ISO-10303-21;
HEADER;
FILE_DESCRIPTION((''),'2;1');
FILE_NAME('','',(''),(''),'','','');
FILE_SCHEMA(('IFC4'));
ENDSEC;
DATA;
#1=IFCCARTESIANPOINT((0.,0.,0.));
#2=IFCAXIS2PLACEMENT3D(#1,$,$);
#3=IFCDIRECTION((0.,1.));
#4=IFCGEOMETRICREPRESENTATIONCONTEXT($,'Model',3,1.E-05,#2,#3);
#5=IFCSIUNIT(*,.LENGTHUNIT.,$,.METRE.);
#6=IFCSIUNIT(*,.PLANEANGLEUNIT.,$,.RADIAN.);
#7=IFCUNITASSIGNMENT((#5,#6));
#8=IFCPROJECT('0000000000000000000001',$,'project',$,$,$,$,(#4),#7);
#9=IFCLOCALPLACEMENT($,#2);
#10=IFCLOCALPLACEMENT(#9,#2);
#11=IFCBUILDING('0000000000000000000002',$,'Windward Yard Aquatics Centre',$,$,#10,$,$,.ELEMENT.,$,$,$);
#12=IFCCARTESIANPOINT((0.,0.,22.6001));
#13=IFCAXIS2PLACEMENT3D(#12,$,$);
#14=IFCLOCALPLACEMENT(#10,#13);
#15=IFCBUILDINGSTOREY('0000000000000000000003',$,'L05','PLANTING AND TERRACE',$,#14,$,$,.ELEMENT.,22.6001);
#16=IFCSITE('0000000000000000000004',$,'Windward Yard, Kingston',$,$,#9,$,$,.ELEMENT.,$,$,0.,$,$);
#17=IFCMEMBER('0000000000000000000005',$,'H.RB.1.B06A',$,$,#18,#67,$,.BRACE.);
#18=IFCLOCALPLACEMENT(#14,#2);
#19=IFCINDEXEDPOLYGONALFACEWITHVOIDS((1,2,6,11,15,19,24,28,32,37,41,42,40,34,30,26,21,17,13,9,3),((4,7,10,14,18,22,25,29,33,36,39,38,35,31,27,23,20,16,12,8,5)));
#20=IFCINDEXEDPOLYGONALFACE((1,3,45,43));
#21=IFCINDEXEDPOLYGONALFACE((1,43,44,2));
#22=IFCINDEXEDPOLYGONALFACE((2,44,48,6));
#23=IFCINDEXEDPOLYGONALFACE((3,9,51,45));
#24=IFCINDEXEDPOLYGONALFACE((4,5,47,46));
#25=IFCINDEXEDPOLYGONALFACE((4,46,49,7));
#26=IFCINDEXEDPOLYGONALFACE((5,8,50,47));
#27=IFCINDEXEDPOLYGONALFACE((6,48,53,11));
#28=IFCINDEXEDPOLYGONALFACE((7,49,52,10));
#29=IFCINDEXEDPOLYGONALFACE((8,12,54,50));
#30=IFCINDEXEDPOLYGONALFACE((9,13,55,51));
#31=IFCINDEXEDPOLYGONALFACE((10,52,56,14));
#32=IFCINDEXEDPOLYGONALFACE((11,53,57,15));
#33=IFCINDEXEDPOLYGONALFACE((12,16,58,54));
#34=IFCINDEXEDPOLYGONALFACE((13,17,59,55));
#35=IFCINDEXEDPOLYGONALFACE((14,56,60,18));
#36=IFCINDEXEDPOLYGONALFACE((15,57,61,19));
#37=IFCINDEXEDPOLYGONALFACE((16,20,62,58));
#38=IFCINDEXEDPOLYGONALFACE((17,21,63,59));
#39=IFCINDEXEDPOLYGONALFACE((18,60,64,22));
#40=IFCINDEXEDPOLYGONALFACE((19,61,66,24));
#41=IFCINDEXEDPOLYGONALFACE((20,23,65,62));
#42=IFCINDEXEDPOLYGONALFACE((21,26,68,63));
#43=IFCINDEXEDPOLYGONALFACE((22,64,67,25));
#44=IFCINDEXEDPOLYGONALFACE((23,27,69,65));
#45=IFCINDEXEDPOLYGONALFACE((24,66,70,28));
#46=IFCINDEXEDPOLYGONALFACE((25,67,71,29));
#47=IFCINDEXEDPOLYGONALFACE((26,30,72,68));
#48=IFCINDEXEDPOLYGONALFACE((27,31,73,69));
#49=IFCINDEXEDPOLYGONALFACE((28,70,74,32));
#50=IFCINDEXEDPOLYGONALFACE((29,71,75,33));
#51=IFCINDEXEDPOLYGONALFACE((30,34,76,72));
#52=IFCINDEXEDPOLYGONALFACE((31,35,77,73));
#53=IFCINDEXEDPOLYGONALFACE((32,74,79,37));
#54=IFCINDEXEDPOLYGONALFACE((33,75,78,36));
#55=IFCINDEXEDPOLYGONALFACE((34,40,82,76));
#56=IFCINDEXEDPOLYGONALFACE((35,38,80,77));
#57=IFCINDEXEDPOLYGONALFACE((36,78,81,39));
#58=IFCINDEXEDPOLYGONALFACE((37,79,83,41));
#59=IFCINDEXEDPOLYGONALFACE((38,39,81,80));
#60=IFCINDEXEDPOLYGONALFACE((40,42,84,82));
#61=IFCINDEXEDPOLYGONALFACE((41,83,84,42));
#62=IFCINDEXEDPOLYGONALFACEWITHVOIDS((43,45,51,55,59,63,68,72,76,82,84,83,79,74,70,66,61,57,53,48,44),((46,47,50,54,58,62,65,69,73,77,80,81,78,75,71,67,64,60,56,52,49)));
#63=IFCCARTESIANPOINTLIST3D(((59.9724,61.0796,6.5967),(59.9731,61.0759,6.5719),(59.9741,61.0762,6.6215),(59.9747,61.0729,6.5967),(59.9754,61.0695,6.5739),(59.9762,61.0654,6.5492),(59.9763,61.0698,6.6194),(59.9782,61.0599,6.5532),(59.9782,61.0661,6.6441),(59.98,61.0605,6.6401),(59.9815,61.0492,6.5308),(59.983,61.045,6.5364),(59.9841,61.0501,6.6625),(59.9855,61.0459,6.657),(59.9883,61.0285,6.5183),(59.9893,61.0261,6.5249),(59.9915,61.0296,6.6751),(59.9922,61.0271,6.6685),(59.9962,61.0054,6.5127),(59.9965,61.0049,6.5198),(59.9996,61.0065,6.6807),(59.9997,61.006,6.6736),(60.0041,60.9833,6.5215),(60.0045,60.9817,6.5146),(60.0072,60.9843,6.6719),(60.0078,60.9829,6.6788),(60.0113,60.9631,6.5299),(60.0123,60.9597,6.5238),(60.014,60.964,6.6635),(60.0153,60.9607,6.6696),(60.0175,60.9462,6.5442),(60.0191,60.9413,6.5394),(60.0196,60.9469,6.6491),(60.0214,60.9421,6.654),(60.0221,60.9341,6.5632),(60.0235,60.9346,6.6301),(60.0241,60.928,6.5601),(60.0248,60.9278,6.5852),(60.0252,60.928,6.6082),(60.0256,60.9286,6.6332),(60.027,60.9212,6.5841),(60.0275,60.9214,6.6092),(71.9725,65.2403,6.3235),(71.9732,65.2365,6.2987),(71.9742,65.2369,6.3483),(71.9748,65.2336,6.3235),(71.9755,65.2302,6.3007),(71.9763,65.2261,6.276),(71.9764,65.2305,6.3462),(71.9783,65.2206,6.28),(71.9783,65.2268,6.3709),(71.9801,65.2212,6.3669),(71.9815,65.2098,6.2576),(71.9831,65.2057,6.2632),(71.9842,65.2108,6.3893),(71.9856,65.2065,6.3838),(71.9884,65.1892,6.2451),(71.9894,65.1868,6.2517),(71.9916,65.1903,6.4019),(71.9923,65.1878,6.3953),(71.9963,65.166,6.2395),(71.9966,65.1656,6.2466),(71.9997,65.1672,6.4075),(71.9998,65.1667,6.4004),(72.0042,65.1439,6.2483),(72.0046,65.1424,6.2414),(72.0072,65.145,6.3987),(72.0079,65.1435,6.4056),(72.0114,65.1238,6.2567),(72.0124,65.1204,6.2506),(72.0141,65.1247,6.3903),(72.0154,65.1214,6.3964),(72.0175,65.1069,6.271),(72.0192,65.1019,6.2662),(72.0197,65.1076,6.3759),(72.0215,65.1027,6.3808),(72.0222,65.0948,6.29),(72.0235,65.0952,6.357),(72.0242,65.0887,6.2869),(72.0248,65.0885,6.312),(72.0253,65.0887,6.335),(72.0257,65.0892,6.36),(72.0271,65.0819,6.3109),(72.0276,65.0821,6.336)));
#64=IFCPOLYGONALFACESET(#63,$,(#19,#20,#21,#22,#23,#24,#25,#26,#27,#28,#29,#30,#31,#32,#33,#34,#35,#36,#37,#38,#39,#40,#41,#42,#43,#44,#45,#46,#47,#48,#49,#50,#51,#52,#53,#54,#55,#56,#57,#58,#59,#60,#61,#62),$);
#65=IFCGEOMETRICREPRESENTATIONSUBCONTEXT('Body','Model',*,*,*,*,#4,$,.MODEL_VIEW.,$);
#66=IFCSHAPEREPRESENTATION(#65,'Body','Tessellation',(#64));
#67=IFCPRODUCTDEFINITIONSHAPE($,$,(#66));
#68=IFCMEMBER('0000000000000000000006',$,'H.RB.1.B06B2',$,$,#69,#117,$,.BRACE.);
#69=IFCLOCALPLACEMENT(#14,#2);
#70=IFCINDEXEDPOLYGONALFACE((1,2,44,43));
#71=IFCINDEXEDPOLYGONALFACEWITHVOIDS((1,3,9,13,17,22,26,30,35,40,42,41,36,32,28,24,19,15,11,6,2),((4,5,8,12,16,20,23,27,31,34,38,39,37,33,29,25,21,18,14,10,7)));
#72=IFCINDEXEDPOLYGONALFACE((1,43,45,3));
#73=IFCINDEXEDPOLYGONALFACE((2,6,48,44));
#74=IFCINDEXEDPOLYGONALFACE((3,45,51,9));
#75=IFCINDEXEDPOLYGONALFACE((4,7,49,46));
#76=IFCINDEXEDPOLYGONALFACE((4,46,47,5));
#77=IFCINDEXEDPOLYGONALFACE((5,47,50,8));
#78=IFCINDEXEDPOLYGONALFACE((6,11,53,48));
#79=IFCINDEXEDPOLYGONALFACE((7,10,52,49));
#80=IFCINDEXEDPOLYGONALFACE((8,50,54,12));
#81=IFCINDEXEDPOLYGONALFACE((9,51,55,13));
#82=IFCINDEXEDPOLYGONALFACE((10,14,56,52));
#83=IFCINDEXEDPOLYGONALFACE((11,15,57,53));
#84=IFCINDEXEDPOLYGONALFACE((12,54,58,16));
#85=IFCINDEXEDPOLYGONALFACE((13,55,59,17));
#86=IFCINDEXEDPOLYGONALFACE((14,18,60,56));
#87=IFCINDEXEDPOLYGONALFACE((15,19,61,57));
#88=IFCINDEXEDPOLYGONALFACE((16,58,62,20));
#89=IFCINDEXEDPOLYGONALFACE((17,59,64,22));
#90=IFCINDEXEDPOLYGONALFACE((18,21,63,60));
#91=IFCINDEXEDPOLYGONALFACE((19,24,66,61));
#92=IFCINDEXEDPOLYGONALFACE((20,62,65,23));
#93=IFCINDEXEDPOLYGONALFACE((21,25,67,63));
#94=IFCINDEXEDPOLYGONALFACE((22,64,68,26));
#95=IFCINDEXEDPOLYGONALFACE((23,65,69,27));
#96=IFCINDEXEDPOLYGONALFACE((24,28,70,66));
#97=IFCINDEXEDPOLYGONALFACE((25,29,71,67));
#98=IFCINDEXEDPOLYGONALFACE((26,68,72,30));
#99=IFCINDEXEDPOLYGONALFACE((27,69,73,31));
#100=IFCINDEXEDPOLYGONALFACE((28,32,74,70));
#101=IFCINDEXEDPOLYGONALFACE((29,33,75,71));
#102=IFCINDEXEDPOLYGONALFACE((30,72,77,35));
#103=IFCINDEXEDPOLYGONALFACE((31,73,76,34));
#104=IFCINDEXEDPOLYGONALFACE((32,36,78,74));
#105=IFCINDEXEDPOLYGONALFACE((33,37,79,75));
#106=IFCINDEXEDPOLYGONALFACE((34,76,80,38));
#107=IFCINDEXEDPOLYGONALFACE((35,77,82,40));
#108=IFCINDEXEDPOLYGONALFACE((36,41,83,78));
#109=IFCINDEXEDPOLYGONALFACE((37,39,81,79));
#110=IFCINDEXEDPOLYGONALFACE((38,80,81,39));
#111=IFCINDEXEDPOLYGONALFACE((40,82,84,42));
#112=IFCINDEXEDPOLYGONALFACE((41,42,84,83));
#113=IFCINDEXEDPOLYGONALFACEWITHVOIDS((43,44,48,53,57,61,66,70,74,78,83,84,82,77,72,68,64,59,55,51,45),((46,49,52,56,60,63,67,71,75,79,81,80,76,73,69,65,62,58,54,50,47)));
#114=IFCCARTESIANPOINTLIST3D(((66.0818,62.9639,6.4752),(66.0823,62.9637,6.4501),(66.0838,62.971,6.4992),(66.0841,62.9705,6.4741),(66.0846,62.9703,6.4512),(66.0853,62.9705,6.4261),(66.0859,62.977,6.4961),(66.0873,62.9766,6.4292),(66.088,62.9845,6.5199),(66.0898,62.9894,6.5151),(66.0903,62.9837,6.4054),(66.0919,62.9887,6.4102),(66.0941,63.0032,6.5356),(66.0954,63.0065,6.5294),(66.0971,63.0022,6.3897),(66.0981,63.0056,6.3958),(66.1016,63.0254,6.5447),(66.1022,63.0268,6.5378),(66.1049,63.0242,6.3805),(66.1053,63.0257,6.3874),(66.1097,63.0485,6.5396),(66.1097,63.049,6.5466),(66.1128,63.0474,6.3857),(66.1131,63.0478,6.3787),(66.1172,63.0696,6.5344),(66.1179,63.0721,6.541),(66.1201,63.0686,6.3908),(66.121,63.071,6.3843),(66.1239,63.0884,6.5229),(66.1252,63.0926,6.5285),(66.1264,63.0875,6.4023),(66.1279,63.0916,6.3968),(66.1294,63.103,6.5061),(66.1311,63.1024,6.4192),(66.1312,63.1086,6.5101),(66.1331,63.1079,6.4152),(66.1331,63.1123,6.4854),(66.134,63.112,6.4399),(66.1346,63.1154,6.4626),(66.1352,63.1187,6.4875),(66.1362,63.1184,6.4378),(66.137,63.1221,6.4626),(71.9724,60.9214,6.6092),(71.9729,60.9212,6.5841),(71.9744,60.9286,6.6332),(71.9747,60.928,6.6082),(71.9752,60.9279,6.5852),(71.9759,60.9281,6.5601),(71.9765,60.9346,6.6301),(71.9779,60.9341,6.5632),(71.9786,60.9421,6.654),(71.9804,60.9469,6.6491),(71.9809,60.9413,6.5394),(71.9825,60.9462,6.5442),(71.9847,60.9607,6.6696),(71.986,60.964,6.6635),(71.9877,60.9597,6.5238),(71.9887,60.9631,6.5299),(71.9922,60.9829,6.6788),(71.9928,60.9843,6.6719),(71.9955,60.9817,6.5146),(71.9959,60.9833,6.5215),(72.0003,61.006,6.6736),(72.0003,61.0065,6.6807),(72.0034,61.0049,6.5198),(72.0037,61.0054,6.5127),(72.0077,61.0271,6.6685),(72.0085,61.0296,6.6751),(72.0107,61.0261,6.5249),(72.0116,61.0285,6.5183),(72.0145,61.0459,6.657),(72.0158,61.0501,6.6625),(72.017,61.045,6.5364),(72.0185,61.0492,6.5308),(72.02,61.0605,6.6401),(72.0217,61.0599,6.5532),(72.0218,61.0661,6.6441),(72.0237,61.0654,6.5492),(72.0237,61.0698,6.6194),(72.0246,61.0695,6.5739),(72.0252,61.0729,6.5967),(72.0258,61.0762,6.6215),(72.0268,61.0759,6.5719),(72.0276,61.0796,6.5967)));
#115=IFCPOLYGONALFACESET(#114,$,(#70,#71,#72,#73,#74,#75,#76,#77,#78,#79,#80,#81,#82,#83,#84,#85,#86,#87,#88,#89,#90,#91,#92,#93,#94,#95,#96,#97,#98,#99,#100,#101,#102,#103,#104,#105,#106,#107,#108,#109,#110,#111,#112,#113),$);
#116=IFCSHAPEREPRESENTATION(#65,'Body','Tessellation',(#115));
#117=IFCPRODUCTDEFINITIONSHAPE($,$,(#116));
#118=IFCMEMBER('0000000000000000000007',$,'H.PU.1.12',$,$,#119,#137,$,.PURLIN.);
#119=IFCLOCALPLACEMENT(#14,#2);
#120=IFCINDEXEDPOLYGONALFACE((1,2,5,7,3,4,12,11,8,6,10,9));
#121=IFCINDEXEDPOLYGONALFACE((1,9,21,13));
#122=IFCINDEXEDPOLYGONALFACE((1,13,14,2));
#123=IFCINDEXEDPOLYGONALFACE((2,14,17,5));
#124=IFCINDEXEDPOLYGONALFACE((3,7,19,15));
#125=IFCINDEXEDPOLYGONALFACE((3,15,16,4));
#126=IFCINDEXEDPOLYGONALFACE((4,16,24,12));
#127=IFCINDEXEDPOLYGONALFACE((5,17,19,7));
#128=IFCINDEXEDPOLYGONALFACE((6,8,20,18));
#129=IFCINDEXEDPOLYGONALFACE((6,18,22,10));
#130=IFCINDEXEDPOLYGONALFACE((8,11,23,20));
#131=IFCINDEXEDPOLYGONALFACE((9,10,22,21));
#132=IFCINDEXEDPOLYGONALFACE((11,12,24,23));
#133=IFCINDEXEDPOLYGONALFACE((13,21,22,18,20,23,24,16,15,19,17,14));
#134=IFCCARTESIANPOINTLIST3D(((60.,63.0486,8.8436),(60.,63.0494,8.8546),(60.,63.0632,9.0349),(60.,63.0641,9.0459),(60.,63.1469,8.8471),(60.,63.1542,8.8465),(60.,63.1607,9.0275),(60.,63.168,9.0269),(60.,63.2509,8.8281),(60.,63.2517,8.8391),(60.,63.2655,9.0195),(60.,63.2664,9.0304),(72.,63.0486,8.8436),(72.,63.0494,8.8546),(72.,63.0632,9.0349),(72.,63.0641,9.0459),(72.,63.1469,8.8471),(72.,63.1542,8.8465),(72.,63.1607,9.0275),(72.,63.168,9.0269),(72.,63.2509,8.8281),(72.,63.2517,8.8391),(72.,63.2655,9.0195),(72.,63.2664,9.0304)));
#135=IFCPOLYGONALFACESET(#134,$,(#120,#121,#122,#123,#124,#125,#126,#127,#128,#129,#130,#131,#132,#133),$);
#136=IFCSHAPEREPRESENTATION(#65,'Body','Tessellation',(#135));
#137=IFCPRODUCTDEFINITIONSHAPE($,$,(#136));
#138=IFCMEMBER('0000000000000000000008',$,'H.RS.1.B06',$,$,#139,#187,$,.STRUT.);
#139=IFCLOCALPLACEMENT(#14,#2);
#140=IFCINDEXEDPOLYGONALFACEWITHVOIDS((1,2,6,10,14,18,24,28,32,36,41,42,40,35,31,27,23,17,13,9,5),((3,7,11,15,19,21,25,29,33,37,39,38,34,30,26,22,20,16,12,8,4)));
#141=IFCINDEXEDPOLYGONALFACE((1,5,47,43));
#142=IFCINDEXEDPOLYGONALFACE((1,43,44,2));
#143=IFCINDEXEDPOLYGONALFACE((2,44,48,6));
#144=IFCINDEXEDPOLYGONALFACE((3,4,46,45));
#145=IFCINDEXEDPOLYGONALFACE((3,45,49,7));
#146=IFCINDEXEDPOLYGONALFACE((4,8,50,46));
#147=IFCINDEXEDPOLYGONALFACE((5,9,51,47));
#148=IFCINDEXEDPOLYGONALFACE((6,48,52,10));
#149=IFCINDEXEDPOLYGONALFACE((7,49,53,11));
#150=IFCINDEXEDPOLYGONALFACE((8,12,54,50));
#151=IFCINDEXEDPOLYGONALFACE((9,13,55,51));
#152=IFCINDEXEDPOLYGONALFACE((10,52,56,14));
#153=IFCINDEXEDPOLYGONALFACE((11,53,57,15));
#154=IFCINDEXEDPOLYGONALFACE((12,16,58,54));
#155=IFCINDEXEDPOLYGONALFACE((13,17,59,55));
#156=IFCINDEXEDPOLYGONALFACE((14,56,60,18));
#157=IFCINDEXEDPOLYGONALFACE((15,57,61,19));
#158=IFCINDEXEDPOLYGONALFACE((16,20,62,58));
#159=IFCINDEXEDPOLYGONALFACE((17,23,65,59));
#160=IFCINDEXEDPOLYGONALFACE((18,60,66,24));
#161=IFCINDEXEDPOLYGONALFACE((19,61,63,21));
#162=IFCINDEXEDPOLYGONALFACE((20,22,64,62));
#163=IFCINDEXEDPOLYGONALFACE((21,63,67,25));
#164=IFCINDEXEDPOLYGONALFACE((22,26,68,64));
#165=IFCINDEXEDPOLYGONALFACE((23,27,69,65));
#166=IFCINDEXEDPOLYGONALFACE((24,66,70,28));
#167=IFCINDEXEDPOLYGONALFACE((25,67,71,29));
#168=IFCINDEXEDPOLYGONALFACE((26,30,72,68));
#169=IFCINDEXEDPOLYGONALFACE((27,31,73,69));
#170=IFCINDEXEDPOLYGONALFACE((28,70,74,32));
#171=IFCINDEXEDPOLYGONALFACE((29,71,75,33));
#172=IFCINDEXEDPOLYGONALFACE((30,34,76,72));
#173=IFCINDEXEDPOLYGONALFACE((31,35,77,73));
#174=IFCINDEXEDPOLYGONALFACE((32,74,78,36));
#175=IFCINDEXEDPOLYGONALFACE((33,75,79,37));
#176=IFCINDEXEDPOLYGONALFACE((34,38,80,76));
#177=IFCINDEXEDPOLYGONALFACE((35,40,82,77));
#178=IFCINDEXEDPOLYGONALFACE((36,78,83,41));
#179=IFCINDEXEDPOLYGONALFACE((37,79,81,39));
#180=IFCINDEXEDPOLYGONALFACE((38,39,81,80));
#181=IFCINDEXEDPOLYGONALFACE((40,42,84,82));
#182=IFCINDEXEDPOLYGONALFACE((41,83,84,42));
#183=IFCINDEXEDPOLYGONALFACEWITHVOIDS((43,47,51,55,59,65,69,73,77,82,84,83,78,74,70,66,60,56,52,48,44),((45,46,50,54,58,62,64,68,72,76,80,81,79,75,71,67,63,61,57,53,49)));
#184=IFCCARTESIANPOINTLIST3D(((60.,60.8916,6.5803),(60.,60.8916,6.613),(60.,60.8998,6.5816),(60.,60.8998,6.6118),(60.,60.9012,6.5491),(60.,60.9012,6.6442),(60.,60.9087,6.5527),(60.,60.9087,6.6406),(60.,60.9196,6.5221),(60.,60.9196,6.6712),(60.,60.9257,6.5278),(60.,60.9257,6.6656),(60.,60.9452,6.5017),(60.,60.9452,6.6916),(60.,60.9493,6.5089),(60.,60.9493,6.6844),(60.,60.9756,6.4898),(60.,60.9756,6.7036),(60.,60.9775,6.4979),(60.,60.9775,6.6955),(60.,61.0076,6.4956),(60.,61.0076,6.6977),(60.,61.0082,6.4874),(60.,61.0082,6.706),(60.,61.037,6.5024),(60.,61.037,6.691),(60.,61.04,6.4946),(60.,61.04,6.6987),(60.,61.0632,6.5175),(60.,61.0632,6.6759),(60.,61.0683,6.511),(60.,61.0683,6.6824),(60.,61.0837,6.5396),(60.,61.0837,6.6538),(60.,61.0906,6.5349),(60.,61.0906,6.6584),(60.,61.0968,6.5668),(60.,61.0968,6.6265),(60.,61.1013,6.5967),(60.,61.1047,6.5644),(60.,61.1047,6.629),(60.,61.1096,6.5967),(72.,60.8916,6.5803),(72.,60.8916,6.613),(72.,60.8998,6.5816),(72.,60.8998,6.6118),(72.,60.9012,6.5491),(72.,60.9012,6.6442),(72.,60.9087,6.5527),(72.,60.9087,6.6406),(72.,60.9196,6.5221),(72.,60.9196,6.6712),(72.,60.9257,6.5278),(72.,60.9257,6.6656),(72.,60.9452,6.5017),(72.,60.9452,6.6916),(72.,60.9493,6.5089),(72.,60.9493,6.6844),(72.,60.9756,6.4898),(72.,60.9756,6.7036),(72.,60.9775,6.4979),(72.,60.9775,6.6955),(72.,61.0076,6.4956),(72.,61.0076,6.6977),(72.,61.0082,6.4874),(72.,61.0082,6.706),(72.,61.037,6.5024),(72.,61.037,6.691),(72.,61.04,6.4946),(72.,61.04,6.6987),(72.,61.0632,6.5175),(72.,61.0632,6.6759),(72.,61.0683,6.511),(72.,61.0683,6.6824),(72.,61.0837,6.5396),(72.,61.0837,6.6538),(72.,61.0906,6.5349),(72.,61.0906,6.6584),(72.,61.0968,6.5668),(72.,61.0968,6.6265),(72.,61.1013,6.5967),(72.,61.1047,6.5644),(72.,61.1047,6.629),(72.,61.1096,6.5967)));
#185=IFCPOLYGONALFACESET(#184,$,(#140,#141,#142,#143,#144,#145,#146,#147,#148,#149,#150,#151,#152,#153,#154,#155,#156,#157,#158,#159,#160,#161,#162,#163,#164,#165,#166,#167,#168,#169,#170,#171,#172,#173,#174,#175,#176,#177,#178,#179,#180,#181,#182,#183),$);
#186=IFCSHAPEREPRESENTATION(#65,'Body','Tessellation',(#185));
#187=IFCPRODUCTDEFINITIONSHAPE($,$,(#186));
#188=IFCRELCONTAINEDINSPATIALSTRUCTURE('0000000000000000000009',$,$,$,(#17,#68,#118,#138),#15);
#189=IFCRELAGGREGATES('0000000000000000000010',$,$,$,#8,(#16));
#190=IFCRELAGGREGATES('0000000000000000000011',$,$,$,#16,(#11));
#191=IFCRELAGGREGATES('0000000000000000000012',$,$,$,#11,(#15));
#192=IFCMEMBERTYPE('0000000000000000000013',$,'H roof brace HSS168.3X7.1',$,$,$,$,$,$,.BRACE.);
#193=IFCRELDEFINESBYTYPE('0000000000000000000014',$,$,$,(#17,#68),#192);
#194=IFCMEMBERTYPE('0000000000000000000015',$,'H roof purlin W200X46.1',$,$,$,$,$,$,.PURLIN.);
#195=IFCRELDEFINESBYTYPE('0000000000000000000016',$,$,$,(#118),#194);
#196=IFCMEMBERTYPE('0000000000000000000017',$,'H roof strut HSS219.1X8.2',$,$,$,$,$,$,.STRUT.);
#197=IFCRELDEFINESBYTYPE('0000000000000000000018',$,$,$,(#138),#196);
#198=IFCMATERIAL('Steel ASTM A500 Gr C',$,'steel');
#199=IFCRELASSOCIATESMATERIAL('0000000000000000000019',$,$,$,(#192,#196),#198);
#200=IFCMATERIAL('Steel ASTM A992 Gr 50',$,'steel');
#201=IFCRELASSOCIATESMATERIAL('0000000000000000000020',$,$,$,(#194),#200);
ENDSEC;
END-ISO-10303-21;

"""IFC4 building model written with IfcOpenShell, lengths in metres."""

from ifc_helpers import new_model, si_unit, direction, frame, origin, origin_2d, place, context, subcontext, project, spatial, hollow_circle, i_section, extrude, material, material_profile, profile_set, type_object, element, save


model = new_model("IFC4")

# Units and contexts
model_context = context("Model", 3, precision=1e-05, world=origin(), true_north=direction((0.0, 1.0)))
body_context = subcontext(model_context, "Body", "Model", "MODEL_VIEW")
ifc_project = project(units=[si_unit("LENGTHUNIT", "METRE"), si_unit("PLANEANGLEUNIT", "RADIAN")], contexts=[model_context])

# Site, building, storey
site_placement = place(None, origin())
site = spatial("IfcSite", under=ifc_project, at=site_placement, Name="Windward Yard, Kingston", CompositionType="ELEMENT", RefElevation=0.0)
building_placement = place(site_placement, origin())
building = spatial("IfcBuilding", under=site, at=building_placement, Name="Windward Yard Aquatics Centre", CompositionType="ELEMENT")
storey_placement = place(building_placement, frame((0.0, 0.0, 22.6001)))
storey = spatial("IfcBuildingStorey", under=building, at=storey_placement, Name="L05", Description="PLANTING AND TERRACE", CompositionType="ELEMENT", Elevation=22.6001)

# Members
ifc_material_1 = material(Name="Steel ASTM A500 Gr C", Category="steel")
ifc_material_profile_1 = material_profile(ifc_material_1, hollow_circle(Radius=0.0842, WallThickness=0.0071, at=origin_2d()), Name="HSS168.3X7.1")
ifc_profile_set_1 = profile_set([ifc_material_profile_1], Name="Steel ASTM A500 Gr C")
member_type_1 = type_object("IfcMemberType", Name="H roof brace HSS168.3X7.1", PredefinedType="BRACE", material=ifc_profile_set_1)
member_1_placement = place(storey_placement, frame((60.0, 61.0, 6.5967), z_axis=(0.944602, 0.327513, -0.021505), x_axis=(-0.327589, 0.94482, 0.0)))
element("IfcMember", 1, at=member_1_placement, inside=storey, type_object=member_type_1, Name="H.RB.1.B06A", PredefinedType="BRACE", context=body_context, shape_type="SweptSolid", body=[
    extrude(hollow_circle(Radius=0.0842, WallThickness=0.0071, at=origin_2d()), origin(), (0.0, 0.0, 1.0), 12.7039),
])
member_2_placement = place(storey_placement, frame((66.1094, 63.0425, 6.4626), z_axis=(0.944598, -0.327524, 0.021493), x_axis=(0.3276, 0.944816, 0.0)))
element("IfcMember", 2, at=member_2_placement, inside=storey, type_object=member_type_1, Name="H.RB.1.B06B2", PredefinedType="BRACE", context=body_context, shape_type="SweptSolid", body=[
    extrude(hollow_circle(Radius=0.0842, WallThickness=0.0071, at=origin_2d()), origin(), (0.0, 0.0, 1.0), 6.2361),
])
ifc_material_2 = material(Name="Steel ASTM A992 Gr 50", Category="steel")
ifc_material_profile_2 = material_profile(ifc_material_2, i_section(OverallWidth=0.2029, OverallDepth=0.2029, WebThickness=0.0073, FlangeThickness=0.011, at=origin_2d()), Name="W200X46.1")
ifc_profile_set_2 = profile_set([ifc_material_profile_2], Name="Steel ASTM A992 Gr 50")
member_type_2 = type_object("IfcMemberType", Name="H roof purlin W200X46.1", PredefinedType="PURLIN", material=ifc_profile_set_2)
member_3_placement = place(storey_placement, frame((60.0, 63.1575, 8.937), z_axis=(1.0, 0.0, 0.0), x_axis=(0.0, 0.997081, -0.076354)))
element("IfcMember", 3, at=member_3_placement, inside=storey, type_object=member_type_2, Name="H.PU.1.12", PredefinedType="PURLIN", context=body_context, shape_type="SweptSolid", body=[
    extrude(i_section(OverallWidth=0.2029, OverallDepth=0.2029, WebThickness=0.0073, FlangeThickness=0.011, at=origin_2d()), origin(), (0.0, 0.0, 1.0), 12.0),
])
ifc_material_profile_3 = material_profile(ifc_material_1, hollow_circle(Radius=0.1096, WallThickness=0.0083, at=origin_2d()), Name="HSS219.1X8.2")
ifc_profile_set_3 = profile_set([ifc_material_profile_3], Name="Steel ASTM A500 Gr C")
member_type_3 = type_object("IfcMemberType", Name="H roof strut HSS219.1X8.2", PredefinedType="STRUT", material=ifc_profile_set_3)
member_4_placement = place(storey_placement, frame((60.0, 61.0, 6.5967), z_axis=(1.0, 0.0, 0.0), x_axis=(0.0, 1.0, 0.0)))
element("IfcMember", 4, at=member_4_placement, inside=storey, type_object=member_type_3, Name="H.RS.1.B06", PredefinedType="STRUT", context=body_context, shape_type="SweptSolid", body=[
    extrude(hollow_circle(Radius=0.1096, WallThickness=0.0083, at=origin_2d()), origin(), (0.0, 0.0, 1.0), 12.0),
])

save(model, "model.ifc")
